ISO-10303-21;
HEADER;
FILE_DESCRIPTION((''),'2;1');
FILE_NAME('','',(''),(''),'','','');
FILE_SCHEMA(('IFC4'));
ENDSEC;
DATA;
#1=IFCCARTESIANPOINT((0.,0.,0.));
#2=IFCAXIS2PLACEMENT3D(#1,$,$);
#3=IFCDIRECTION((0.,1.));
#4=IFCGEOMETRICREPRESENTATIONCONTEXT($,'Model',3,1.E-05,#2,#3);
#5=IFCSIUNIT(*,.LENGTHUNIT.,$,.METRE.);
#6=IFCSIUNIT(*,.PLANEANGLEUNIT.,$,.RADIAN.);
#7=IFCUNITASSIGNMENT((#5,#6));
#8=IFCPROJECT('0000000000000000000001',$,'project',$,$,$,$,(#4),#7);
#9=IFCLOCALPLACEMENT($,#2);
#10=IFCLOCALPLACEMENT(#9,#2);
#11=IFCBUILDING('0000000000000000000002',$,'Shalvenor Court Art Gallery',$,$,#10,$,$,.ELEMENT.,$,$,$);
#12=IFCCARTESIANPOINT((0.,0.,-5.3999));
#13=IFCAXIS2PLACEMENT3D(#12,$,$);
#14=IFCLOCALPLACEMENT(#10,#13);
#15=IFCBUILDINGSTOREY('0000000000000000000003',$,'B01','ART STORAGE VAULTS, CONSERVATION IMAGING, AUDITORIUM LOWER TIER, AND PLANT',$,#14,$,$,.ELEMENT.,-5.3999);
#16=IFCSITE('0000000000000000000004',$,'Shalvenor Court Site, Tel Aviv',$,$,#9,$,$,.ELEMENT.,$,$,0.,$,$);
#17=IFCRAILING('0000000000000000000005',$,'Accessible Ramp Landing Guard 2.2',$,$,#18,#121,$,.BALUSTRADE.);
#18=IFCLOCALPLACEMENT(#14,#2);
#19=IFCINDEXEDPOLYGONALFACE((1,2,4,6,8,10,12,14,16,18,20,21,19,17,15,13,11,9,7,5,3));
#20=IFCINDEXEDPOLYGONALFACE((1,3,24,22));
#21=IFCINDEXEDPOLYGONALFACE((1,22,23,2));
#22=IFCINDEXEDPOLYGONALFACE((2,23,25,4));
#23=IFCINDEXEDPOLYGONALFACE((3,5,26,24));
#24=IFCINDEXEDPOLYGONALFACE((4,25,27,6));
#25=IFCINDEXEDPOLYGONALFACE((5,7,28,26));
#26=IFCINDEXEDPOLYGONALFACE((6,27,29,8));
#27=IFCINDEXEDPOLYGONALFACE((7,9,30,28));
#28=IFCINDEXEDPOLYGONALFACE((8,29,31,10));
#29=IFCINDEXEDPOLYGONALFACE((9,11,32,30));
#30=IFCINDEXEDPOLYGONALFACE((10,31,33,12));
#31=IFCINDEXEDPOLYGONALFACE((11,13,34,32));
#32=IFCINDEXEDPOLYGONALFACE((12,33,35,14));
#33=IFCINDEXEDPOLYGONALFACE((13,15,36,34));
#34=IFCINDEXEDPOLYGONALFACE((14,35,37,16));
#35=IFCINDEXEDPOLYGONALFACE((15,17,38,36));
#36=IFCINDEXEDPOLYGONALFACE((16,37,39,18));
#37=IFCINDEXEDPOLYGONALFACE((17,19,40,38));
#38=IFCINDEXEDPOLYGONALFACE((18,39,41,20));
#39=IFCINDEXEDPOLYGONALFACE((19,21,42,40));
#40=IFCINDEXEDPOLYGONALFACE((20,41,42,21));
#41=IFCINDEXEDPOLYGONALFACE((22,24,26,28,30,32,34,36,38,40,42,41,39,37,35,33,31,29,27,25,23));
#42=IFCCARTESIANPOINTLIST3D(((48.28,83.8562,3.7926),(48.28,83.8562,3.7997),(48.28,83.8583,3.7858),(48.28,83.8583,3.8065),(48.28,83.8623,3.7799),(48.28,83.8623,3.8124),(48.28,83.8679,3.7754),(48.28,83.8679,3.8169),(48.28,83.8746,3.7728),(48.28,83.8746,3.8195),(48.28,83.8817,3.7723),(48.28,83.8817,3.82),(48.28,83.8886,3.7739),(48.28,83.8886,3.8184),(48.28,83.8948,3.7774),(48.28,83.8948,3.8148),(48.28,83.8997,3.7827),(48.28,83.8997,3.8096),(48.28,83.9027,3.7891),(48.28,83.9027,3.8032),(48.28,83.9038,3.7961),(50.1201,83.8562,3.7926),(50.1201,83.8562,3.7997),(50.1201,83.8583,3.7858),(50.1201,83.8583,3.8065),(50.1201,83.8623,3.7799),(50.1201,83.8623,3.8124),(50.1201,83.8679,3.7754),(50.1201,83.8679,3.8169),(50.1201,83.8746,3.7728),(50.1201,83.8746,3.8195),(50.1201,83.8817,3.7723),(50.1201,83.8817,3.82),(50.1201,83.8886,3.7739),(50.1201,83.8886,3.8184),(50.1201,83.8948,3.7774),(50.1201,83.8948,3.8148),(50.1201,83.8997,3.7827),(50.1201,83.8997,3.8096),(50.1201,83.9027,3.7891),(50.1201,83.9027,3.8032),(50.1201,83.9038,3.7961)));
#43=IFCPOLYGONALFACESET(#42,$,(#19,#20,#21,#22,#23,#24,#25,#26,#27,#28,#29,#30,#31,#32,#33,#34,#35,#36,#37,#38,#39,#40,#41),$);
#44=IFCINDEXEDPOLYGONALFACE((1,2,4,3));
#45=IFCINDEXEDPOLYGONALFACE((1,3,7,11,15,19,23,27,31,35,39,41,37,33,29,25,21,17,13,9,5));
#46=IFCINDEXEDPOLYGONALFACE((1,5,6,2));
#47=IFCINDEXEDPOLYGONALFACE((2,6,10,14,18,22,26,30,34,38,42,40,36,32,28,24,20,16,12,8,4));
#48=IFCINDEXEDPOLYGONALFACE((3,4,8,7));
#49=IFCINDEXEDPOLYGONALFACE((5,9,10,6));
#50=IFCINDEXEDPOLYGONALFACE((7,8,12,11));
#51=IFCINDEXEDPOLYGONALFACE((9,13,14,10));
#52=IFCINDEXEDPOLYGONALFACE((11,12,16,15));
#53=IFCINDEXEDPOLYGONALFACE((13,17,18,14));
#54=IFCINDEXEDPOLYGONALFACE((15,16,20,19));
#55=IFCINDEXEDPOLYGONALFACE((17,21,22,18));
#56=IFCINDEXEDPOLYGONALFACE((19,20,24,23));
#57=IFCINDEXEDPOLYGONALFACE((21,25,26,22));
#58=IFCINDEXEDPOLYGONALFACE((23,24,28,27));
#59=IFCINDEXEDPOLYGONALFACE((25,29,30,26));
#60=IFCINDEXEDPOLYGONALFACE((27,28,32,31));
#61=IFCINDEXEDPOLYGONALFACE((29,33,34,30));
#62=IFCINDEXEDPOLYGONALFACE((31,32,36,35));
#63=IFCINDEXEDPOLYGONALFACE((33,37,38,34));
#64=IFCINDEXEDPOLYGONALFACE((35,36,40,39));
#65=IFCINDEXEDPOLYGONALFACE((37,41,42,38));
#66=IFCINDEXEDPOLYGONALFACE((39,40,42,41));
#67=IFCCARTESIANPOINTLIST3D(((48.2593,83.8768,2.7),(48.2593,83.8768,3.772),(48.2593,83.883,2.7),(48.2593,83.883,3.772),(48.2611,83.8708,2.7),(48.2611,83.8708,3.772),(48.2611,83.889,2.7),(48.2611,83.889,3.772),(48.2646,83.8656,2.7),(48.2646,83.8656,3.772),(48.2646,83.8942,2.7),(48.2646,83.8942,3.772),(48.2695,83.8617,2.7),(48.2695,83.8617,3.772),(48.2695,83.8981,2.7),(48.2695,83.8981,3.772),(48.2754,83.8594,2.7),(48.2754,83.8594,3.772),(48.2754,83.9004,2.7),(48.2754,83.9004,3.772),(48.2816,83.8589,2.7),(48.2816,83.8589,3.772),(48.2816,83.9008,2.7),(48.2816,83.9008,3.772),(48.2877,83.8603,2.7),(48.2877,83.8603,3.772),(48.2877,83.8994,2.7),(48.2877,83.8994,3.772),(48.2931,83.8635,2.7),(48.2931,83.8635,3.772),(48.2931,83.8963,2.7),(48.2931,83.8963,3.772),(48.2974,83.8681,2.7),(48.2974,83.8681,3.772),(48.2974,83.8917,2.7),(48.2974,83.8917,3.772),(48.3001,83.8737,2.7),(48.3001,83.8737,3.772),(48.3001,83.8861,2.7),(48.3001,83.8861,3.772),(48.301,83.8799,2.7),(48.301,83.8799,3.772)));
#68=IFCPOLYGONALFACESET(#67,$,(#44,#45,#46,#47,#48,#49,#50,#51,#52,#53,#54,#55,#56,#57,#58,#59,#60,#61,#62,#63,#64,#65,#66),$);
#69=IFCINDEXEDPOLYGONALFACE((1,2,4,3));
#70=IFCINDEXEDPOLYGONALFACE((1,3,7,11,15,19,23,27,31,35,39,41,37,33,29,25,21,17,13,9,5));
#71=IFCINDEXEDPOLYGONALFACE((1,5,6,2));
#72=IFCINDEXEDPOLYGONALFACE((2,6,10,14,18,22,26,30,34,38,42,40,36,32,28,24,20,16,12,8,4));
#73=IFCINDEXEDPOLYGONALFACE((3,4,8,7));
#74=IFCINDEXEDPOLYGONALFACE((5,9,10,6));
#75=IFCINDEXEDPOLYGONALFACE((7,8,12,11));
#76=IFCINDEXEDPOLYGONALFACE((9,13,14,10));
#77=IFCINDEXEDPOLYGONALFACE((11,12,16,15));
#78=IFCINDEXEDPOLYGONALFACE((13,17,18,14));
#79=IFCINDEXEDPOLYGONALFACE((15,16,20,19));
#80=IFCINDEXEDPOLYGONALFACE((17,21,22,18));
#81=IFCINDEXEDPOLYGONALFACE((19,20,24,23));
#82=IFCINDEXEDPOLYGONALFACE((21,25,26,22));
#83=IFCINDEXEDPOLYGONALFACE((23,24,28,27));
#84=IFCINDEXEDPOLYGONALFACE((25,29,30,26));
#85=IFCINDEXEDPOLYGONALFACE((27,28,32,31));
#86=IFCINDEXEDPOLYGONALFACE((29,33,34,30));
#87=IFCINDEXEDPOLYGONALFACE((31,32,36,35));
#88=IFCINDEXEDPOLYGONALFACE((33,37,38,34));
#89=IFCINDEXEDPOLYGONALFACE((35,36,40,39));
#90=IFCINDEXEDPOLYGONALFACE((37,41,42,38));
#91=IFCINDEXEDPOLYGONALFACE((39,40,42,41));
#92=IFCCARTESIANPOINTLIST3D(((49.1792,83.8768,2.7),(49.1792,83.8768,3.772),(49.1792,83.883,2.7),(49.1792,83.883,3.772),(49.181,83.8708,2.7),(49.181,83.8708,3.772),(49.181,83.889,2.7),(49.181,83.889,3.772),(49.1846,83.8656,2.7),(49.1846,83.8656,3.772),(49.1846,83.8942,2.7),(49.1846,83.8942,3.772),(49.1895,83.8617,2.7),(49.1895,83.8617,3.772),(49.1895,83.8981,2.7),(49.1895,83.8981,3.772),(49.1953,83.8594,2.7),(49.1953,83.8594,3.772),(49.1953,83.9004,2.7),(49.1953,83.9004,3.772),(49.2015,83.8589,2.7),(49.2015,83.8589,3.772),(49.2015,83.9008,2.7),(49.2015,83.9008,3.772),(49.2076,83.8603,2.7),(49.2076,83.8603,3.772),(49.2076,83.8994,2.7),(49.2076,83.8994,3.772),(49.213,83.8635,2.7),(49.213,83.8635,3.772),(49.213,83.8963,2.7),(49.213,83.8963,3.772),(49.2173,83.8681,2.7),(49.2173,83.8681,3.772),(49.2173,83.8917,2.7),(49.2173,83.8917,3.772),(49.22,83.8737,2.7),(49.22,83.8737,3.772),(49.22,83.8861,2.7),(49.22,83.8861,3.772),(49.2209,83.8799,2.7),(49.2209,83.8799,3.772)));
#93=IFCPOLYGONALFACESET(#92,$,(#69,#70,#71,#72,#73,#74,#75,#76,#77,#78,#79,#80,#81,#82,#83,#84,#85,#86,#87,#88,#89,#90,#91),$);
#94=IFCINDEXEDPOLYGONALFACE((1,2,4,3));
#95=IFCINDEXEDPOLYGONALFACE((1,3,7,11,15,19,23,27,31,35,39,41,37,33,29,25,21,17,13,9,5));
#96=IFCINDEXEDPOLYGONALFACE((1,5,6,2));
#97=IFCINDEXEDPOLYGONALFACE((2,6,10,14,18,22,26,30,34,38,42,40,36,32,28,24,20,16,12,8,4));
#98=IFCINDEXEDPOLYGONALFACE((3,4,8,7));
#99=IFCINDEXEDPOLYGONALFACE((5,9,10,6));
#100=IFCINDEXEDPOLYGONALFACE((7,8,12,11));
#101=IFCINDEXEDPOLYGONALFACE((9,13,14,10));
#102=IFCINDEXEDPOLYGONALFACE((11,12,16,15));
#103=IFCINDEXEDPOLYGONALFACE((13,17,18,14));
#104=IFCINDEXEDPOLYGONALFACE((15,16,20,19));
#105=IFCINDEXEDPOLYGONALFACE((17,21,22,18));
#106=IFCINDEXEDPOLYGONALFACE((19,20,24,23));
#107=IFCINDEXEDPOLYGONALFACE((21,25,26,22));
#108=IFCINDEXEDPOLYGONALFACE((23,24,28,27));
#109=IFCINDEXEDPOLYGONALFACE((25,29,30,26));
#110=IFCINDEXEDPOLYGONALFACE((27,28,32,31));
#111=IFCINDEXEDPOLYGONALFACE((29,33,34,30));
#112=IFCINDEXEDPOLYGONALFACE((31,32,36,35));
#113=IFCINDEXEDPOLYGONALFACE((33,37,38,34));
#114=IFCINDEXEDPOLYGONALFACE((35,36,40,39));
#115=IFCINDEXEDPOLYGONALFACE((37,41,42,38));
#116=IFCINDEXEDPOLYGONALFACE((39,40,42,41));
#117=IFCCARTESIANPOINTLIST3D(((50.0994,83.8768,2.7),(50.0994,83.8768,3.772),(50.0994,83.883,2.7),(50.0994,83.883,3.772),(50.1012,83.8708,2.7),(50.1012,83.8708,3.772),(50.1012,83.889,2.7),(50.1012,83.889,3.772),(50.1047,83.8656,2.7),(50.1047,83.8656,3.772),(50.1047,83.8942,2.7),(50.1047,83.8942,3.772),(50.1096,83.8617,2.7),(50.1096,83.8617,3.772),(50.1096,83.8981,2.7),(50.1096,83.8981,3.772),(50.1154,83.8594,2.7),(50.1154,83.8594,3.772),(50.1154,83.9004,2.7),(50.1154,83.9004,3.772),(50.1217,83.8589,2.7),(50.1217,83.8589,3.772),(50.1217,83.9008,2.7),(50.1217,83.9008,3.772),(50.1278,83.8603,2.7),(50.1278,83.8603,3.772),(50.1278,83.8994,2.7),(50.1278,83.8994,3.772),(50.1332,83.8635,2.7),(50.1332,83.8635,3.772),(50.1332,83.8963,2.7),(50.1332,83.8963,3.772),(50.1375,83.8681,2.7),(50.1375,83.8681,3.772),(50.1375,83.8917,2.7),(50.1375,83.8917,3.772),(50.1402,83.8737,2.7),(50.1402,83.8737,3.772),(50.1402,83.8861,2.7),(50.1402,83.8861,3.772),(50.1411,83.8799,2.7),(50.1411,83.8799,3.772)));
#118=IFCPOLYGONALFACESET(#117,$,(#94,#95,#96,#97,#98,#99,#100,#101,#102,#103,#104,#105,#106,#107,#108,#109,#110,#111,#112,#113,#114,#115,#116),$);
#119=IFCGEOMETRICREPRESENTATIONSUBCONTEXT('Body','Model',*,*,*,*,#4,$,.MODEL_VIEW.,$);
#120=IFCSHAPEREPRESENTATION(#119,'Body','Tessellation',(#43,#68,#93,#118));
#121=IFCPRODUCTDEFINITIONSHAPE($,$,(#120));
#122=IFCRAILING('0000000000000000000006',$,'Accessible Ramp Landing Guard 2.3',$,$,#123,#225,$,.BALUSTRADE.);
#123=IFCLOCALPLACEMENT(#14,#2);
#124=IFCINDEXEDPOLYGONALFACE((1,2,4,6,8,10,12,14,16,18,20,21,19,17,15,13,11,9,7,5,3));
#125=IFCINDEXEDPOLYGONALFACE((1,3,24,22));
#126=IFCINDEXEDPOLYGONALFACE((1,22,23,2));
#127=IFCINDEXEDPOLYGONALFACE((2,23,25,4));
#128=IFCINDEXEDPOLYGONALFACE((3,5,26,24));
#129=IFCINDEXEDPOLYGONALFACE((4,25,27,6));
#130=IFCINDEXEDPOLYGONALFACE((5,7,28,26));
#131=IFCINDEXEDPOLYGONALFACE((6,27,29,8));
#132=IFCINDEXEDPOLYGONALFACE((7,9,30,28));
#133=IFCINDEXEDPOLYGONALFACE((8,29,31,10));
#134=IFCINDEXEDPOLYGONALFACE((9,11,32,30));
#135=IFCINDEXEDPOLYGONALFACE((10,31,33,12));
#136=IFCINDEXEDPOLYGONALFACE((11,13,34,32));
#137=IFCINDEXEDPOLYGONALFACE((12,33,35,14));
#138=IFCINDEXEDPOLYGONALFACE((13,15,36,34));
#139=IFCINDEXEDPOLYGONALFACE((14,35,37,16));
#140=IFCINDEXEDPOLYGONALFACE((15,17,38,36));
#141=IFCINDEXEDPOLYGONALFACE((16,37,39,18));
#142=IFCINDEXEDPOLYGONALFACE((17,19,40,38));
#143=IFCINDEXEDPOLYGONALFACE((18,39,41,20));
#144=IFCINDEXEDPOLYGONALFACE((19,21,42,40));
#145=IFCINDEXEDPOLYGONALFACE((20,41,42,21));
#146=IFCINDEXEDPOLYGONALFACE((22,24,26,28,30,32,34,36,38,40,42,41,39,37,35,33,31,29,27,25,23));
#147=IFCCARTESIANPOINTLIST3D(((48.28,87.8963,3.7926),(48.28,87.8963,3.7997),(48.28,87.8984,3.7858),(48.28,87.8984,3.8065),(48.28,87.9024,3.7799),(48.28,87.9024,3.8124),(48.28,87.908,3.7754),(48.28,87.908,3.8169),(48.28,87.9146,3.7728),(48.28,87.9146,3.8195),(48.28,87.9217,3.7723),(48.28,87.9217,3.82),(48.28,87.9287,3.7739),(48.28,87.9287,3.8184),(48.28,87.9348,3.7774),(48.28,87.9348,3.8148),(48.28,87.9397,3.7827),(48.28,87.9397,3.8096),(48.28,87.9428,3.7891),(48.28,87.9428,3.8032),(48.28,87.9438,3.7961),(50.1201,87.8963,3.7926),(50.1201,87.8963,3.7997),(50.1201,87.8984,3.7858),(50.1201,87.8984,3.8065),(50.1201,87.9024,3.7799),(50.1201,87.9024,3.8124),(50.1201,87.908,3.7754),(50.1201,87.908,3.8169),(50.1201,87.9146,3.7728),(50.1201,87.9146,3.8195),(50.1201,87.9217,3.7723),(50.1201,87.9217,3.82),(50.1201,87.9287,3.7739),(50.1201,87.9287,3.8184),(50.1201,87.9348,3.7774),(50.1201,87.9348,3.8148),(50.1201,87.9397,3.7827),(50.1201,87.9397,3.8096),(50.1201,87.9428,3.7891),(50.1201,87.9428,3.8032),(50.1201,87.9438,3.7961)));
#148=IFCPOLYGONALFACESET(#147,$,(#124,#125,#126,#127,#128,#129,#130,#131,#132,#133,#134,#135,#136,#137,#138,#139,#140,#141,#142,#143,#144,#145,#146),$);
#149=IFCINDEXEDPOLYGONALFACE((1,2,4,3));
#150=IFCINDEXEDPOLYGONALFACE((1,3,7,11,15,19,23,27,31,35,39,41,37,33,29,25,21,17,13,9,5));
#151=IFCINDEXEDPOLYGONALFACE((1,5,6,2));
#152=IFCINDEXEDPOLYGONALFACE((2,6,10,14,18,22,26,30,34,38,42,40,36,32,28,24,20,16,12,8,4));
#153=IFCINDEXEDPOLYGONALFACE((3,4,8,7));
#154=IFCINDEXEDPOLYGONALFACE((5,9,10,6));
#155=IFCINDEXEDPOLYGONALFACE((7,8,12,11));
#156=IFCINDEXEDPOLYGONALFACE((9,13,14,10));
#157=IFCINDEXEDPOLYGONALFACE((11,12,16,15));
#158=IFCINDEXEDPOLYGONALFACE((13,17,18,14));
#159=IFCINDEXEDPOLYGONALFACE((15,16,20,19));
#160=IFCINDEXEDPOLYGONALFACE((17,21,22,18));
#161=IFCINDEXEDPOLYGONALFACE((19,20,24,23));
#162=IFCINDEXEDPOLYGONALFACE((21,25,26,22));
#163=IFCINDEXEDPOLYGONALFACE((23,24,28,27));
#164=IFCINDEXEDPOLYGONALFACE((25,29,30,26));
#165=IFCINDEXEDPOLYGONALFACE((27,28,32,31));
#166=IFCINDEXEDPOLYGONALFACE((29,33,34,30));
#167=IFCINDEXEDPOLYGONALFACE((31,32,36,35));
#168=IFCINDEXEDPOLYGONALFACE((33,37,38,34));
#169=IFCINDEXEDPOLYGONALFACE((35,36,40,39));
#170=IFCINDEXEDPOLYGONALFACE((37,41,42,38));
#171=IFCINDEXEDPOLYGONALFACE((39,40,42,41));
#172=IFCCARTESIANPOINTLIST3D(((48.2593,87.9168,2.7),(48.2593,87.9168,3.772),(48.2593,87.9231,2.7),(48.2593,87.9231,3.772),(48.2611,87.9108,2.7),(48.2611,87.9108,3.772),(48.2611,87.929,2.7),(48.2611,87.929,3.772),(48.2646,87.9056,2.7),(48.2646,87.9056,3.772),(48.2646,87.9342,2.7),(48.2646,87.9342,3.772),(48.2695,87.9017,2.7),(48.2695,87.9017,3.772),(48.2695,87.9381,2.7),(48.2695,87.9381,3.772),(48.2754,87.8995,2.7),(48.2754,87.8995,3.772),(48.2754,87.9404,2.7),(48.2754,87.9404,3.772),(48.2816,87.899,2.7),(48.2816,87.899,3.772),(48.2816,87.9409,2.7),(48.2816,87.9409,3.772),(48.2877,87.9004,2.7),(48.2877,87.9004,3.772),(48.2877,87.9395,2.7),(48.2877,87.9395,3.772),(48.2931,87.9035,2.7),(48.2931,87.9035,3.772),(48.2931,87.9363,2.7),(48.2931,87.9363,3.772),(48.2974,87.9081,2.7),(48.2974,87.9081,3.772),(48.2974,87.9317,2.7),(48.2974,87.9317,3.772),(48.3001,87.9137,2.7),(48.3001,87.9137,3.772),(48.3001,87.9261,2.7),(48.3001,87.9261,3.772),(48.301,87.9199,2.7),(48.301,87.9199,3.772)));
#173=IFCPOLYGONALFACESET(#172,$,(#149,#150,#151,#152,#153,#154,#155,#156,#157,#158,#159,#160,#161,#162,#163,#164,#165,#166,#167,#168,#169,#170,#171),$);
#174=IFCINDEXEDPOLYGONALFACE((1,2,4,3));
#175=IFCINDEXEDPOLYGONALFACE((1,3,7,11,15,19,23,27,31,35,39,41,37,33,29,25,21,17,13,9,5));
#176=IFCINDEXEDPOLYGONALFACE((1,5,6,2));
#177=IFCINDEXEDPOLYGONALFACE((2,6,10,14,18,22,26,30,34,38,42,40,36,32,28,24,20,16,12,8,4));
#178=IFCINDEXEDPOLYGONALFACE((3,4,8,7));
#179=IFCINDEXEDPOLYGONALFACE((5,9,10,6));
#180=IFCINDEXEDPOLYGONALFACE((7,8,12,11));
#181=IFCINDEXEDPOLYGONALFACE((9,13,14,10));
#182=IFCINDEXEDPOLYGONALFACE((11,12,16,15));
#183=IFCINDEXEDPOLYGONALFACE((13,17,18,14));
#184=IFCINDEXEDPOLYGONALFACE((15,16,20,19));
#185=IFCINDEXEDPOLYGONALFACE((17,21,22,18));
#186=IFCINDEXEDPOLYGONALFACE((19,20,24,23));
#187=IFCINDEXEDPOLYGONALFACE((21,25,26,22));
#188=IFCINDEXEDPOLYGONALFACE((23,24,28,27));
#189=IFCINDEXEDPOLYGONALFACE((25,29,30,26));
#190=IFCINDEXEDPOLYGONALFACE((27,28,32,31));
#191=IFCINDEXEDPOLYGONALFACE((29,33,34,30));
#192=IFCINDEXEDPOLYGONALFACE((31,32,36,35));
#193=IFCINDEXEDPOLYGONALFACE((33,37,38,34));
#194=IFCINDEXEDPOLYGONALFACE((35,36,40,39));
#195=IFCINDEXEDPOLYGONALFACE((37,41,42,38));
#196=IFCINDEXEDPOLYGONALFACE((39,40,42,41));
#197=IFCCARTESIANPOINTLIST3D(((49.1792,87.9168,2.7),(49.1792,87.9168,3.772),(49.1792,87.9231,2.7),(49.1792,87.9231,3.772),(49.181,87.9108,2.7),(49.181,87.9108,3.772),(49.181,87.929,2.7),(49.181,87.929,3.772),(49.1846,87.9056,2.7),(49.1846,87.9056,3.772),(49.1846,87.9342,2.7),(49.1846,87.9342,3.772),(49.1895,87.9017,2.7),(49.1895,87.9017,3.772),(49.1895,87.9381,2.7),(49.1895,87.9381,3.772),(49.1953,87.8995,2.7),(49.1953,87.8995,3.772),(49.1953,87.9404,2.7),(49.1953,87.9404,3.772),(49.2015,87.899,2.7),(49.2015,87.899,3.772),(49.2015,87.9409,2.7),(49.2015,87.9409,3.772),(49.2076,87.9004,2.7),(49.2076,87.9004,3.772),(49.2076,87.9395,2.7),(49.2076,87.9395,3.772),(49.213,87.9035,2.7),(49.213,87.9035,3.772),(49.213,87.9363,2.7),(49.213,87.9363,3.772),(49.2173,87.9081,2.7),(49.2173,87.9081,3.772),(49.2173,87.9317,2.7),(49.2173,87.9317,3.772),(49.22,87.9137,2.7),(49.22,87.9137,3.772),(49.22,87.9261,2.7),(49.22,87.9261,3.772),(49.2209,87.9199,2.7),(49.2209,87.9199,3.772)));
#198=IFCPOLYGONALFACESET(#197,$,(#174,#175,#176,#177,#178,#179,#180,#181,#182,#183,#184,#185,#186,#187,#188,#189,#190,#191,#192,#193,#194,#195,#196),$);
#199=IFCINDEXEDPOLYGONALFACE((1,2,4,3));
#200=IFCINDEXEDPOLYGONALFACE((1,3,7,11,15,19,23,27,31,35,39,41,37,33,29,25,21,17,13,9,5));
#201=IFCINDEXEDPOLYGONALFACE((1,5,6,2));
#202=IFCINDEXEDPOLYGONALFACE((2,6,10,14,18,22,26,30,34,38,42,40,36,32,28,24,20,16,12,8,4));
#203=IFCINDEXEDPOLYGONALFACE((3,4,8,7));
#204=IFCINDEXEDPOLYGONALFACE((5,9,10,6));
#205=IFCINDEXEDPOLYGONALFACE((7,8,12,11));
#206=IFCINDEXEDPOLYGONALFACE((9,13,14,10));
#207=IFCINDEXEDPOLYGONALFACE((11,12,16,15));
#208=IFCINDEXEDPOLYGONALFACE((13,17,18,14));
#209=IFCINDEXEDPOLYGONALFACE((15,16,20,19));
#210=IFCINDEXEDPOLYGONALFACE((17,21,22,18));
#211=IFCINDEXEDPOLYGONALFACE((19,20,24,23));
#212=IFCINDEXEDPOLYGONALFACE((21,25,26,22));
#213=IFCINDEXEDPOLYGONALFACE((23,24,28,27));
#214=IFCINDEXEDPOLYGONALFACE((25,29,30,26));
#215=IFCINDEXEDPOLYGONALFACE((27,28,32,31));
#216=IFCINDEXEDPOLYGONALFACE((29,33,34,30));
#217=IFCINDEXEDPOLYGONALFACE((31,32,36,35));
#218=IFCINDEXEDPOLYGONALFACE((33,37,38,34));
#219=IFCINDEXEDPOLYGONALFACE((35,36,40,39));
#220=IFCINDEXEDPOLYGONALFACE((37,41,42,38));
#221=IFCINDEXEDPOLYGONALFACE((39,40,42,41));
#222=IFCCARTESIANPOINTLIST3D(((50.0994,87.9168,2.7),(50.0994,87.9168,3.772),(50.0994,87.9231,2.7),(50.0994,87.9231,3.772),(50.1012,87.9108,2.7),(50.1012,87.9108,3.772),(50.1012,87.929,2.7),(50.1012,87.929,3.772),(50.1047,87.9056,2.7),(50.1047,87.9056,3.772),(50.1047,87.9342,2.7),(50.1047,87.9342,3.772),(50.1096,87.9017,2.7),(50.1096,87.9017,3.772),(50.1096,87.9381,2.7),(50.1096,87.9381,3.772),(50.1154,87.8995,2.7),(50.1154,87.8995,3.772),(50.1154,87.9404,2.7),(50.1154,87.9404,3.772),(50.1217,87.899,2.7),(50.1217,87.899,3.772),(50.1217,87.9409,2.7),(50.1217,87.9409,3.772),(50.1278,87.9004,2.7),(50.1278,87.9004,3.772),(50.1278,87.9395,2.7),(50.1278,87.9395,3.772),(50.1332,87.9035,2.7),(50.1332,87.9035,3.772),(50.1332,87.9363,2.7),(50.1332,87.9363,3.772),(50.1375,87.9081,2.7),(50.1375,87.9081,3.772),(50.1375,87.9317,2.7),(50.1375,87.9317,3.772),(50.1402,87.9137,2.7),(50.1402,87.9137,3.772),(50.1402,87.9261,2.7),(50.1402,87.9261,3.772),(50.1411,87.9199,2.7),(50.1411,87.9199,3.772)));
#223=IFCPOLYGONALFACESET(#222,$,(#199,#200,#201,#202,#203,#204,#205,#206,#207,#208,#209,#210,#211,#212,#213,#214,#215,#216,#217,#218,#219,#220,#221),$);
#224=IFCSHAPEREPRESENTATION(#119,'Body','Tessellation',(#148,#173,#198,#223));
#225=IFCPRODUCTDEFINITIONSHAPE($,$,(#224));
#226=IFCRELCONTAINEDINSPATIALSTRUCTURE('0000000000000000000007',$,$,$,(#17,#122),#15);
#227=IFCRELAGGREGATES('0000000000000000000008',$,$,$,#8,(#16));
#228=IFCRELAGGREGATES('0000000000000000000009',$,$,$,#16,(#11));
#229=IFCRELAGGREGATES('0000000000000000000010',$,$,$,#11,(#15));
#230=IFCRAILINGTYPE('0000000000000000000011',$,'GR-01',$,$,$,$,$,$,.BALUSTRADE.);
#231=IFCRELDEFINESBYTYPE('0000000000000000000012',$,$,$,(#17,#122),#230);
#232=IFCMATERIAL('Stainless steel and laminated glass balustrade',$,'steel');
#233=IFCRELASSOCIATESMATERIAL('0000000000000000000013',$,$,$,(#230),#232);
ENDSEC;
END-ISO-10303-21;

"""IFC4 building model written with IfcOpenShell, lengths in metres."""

from ifc_helpers import new_model, si_unit, direction, frame, origin, origin_2d, place, context, subcontext, project, spatial, circle, extrude, material, type_object, element, save


model = new_model("IFC4")

# Units and contexts
model_context = context("Model", 3, precision=1e-05, world=origin(), true_north=direction((0.0, 1.0)))
body_context = subcontext(model_context, "Body", "Model", "MODEL_VIEW")
ifc_project = project(units=[si_unit("LENGTHUNIT", "METRE"), si_unit("PLANEANGLEUNIT", "RADIAN")], contexts=[model_context])

# Site, building, storey
site_placement = place(None, origin())
site = spatial("IfcSite", under=ifc_project, at=site_placement, Name="Shalvenor Court Site, Tel Aviv", CompositionType="ELEMENT", RefElevation=0.0)
building_placement = place(site_placement, origin())
building = spatial("IfcBuilding", under=site, at=building_placement, Name="Shalvenor Court Art Gallery", CompositionType="ELEMENT")
storey_placement = place(building_placement, frame((0.0, 0.0, -5.3999)))
storey = spatial("IfcBuildingStorey", under=building, at=storey_placement, Name="B01", Description="ART STORAGE VAULTS, CONSERVATION IMAGING, AUDITORIUM LOWER TIER, AND PLANT", CompositionType="ELEMENT", Elevation=-5.3999)

# Railings
ifc_material_1 = material(Name="Stainless steel and laminated glass balustrade", Category="steel")
railing_type = type_object("IfcRailingType", Name="GR-01", PredefinedType="BALUSTRADE", material=ifc_material_1)
for number, where, name in (
    (1, (48.28, 83.8799, 2.7), "Accessible Ramp Landing Guard 2.2"),
    (2, (48.28, 87.9199, 2.7), "Accessible Ramp Landing Guard 2.3"),
):
    element("IfcRailing", number, at=place(storey_placement, frame(where)), inside=storey, type_object=railing_type, Name=name, PredefinedType="BALUSTRADE", context=body_context, shape_type="SweptSolid", body=[
        extrude(circle(Radius=0.0239, at=origin_2d()), frame((0.0, 0.0, 1.0962), z_axis=(1.0, 0.0, 0.0), x_axis=(0.0, 1.0, 0.0)), (0.0, 0.0, 1.0), 1.8401),
        extrude(circle(Radius=0.021, at=origin_2d()), origin(), (0.0, 0.0, 1.0), 1.072),
        extrude(circle(Radius=0.021, at=origin_2d()), frame((0.9199, 0.0, 0.0)), (0.0, 0.0, 1.0), 1.072),
        extrude(circle(Radius=0.021, at=origin_2d()), frame((1.8401, 0.0, 0.0)), (0.0, 0.0, 1.0), 1.072),
    ])

save(model, "model.ifc")
